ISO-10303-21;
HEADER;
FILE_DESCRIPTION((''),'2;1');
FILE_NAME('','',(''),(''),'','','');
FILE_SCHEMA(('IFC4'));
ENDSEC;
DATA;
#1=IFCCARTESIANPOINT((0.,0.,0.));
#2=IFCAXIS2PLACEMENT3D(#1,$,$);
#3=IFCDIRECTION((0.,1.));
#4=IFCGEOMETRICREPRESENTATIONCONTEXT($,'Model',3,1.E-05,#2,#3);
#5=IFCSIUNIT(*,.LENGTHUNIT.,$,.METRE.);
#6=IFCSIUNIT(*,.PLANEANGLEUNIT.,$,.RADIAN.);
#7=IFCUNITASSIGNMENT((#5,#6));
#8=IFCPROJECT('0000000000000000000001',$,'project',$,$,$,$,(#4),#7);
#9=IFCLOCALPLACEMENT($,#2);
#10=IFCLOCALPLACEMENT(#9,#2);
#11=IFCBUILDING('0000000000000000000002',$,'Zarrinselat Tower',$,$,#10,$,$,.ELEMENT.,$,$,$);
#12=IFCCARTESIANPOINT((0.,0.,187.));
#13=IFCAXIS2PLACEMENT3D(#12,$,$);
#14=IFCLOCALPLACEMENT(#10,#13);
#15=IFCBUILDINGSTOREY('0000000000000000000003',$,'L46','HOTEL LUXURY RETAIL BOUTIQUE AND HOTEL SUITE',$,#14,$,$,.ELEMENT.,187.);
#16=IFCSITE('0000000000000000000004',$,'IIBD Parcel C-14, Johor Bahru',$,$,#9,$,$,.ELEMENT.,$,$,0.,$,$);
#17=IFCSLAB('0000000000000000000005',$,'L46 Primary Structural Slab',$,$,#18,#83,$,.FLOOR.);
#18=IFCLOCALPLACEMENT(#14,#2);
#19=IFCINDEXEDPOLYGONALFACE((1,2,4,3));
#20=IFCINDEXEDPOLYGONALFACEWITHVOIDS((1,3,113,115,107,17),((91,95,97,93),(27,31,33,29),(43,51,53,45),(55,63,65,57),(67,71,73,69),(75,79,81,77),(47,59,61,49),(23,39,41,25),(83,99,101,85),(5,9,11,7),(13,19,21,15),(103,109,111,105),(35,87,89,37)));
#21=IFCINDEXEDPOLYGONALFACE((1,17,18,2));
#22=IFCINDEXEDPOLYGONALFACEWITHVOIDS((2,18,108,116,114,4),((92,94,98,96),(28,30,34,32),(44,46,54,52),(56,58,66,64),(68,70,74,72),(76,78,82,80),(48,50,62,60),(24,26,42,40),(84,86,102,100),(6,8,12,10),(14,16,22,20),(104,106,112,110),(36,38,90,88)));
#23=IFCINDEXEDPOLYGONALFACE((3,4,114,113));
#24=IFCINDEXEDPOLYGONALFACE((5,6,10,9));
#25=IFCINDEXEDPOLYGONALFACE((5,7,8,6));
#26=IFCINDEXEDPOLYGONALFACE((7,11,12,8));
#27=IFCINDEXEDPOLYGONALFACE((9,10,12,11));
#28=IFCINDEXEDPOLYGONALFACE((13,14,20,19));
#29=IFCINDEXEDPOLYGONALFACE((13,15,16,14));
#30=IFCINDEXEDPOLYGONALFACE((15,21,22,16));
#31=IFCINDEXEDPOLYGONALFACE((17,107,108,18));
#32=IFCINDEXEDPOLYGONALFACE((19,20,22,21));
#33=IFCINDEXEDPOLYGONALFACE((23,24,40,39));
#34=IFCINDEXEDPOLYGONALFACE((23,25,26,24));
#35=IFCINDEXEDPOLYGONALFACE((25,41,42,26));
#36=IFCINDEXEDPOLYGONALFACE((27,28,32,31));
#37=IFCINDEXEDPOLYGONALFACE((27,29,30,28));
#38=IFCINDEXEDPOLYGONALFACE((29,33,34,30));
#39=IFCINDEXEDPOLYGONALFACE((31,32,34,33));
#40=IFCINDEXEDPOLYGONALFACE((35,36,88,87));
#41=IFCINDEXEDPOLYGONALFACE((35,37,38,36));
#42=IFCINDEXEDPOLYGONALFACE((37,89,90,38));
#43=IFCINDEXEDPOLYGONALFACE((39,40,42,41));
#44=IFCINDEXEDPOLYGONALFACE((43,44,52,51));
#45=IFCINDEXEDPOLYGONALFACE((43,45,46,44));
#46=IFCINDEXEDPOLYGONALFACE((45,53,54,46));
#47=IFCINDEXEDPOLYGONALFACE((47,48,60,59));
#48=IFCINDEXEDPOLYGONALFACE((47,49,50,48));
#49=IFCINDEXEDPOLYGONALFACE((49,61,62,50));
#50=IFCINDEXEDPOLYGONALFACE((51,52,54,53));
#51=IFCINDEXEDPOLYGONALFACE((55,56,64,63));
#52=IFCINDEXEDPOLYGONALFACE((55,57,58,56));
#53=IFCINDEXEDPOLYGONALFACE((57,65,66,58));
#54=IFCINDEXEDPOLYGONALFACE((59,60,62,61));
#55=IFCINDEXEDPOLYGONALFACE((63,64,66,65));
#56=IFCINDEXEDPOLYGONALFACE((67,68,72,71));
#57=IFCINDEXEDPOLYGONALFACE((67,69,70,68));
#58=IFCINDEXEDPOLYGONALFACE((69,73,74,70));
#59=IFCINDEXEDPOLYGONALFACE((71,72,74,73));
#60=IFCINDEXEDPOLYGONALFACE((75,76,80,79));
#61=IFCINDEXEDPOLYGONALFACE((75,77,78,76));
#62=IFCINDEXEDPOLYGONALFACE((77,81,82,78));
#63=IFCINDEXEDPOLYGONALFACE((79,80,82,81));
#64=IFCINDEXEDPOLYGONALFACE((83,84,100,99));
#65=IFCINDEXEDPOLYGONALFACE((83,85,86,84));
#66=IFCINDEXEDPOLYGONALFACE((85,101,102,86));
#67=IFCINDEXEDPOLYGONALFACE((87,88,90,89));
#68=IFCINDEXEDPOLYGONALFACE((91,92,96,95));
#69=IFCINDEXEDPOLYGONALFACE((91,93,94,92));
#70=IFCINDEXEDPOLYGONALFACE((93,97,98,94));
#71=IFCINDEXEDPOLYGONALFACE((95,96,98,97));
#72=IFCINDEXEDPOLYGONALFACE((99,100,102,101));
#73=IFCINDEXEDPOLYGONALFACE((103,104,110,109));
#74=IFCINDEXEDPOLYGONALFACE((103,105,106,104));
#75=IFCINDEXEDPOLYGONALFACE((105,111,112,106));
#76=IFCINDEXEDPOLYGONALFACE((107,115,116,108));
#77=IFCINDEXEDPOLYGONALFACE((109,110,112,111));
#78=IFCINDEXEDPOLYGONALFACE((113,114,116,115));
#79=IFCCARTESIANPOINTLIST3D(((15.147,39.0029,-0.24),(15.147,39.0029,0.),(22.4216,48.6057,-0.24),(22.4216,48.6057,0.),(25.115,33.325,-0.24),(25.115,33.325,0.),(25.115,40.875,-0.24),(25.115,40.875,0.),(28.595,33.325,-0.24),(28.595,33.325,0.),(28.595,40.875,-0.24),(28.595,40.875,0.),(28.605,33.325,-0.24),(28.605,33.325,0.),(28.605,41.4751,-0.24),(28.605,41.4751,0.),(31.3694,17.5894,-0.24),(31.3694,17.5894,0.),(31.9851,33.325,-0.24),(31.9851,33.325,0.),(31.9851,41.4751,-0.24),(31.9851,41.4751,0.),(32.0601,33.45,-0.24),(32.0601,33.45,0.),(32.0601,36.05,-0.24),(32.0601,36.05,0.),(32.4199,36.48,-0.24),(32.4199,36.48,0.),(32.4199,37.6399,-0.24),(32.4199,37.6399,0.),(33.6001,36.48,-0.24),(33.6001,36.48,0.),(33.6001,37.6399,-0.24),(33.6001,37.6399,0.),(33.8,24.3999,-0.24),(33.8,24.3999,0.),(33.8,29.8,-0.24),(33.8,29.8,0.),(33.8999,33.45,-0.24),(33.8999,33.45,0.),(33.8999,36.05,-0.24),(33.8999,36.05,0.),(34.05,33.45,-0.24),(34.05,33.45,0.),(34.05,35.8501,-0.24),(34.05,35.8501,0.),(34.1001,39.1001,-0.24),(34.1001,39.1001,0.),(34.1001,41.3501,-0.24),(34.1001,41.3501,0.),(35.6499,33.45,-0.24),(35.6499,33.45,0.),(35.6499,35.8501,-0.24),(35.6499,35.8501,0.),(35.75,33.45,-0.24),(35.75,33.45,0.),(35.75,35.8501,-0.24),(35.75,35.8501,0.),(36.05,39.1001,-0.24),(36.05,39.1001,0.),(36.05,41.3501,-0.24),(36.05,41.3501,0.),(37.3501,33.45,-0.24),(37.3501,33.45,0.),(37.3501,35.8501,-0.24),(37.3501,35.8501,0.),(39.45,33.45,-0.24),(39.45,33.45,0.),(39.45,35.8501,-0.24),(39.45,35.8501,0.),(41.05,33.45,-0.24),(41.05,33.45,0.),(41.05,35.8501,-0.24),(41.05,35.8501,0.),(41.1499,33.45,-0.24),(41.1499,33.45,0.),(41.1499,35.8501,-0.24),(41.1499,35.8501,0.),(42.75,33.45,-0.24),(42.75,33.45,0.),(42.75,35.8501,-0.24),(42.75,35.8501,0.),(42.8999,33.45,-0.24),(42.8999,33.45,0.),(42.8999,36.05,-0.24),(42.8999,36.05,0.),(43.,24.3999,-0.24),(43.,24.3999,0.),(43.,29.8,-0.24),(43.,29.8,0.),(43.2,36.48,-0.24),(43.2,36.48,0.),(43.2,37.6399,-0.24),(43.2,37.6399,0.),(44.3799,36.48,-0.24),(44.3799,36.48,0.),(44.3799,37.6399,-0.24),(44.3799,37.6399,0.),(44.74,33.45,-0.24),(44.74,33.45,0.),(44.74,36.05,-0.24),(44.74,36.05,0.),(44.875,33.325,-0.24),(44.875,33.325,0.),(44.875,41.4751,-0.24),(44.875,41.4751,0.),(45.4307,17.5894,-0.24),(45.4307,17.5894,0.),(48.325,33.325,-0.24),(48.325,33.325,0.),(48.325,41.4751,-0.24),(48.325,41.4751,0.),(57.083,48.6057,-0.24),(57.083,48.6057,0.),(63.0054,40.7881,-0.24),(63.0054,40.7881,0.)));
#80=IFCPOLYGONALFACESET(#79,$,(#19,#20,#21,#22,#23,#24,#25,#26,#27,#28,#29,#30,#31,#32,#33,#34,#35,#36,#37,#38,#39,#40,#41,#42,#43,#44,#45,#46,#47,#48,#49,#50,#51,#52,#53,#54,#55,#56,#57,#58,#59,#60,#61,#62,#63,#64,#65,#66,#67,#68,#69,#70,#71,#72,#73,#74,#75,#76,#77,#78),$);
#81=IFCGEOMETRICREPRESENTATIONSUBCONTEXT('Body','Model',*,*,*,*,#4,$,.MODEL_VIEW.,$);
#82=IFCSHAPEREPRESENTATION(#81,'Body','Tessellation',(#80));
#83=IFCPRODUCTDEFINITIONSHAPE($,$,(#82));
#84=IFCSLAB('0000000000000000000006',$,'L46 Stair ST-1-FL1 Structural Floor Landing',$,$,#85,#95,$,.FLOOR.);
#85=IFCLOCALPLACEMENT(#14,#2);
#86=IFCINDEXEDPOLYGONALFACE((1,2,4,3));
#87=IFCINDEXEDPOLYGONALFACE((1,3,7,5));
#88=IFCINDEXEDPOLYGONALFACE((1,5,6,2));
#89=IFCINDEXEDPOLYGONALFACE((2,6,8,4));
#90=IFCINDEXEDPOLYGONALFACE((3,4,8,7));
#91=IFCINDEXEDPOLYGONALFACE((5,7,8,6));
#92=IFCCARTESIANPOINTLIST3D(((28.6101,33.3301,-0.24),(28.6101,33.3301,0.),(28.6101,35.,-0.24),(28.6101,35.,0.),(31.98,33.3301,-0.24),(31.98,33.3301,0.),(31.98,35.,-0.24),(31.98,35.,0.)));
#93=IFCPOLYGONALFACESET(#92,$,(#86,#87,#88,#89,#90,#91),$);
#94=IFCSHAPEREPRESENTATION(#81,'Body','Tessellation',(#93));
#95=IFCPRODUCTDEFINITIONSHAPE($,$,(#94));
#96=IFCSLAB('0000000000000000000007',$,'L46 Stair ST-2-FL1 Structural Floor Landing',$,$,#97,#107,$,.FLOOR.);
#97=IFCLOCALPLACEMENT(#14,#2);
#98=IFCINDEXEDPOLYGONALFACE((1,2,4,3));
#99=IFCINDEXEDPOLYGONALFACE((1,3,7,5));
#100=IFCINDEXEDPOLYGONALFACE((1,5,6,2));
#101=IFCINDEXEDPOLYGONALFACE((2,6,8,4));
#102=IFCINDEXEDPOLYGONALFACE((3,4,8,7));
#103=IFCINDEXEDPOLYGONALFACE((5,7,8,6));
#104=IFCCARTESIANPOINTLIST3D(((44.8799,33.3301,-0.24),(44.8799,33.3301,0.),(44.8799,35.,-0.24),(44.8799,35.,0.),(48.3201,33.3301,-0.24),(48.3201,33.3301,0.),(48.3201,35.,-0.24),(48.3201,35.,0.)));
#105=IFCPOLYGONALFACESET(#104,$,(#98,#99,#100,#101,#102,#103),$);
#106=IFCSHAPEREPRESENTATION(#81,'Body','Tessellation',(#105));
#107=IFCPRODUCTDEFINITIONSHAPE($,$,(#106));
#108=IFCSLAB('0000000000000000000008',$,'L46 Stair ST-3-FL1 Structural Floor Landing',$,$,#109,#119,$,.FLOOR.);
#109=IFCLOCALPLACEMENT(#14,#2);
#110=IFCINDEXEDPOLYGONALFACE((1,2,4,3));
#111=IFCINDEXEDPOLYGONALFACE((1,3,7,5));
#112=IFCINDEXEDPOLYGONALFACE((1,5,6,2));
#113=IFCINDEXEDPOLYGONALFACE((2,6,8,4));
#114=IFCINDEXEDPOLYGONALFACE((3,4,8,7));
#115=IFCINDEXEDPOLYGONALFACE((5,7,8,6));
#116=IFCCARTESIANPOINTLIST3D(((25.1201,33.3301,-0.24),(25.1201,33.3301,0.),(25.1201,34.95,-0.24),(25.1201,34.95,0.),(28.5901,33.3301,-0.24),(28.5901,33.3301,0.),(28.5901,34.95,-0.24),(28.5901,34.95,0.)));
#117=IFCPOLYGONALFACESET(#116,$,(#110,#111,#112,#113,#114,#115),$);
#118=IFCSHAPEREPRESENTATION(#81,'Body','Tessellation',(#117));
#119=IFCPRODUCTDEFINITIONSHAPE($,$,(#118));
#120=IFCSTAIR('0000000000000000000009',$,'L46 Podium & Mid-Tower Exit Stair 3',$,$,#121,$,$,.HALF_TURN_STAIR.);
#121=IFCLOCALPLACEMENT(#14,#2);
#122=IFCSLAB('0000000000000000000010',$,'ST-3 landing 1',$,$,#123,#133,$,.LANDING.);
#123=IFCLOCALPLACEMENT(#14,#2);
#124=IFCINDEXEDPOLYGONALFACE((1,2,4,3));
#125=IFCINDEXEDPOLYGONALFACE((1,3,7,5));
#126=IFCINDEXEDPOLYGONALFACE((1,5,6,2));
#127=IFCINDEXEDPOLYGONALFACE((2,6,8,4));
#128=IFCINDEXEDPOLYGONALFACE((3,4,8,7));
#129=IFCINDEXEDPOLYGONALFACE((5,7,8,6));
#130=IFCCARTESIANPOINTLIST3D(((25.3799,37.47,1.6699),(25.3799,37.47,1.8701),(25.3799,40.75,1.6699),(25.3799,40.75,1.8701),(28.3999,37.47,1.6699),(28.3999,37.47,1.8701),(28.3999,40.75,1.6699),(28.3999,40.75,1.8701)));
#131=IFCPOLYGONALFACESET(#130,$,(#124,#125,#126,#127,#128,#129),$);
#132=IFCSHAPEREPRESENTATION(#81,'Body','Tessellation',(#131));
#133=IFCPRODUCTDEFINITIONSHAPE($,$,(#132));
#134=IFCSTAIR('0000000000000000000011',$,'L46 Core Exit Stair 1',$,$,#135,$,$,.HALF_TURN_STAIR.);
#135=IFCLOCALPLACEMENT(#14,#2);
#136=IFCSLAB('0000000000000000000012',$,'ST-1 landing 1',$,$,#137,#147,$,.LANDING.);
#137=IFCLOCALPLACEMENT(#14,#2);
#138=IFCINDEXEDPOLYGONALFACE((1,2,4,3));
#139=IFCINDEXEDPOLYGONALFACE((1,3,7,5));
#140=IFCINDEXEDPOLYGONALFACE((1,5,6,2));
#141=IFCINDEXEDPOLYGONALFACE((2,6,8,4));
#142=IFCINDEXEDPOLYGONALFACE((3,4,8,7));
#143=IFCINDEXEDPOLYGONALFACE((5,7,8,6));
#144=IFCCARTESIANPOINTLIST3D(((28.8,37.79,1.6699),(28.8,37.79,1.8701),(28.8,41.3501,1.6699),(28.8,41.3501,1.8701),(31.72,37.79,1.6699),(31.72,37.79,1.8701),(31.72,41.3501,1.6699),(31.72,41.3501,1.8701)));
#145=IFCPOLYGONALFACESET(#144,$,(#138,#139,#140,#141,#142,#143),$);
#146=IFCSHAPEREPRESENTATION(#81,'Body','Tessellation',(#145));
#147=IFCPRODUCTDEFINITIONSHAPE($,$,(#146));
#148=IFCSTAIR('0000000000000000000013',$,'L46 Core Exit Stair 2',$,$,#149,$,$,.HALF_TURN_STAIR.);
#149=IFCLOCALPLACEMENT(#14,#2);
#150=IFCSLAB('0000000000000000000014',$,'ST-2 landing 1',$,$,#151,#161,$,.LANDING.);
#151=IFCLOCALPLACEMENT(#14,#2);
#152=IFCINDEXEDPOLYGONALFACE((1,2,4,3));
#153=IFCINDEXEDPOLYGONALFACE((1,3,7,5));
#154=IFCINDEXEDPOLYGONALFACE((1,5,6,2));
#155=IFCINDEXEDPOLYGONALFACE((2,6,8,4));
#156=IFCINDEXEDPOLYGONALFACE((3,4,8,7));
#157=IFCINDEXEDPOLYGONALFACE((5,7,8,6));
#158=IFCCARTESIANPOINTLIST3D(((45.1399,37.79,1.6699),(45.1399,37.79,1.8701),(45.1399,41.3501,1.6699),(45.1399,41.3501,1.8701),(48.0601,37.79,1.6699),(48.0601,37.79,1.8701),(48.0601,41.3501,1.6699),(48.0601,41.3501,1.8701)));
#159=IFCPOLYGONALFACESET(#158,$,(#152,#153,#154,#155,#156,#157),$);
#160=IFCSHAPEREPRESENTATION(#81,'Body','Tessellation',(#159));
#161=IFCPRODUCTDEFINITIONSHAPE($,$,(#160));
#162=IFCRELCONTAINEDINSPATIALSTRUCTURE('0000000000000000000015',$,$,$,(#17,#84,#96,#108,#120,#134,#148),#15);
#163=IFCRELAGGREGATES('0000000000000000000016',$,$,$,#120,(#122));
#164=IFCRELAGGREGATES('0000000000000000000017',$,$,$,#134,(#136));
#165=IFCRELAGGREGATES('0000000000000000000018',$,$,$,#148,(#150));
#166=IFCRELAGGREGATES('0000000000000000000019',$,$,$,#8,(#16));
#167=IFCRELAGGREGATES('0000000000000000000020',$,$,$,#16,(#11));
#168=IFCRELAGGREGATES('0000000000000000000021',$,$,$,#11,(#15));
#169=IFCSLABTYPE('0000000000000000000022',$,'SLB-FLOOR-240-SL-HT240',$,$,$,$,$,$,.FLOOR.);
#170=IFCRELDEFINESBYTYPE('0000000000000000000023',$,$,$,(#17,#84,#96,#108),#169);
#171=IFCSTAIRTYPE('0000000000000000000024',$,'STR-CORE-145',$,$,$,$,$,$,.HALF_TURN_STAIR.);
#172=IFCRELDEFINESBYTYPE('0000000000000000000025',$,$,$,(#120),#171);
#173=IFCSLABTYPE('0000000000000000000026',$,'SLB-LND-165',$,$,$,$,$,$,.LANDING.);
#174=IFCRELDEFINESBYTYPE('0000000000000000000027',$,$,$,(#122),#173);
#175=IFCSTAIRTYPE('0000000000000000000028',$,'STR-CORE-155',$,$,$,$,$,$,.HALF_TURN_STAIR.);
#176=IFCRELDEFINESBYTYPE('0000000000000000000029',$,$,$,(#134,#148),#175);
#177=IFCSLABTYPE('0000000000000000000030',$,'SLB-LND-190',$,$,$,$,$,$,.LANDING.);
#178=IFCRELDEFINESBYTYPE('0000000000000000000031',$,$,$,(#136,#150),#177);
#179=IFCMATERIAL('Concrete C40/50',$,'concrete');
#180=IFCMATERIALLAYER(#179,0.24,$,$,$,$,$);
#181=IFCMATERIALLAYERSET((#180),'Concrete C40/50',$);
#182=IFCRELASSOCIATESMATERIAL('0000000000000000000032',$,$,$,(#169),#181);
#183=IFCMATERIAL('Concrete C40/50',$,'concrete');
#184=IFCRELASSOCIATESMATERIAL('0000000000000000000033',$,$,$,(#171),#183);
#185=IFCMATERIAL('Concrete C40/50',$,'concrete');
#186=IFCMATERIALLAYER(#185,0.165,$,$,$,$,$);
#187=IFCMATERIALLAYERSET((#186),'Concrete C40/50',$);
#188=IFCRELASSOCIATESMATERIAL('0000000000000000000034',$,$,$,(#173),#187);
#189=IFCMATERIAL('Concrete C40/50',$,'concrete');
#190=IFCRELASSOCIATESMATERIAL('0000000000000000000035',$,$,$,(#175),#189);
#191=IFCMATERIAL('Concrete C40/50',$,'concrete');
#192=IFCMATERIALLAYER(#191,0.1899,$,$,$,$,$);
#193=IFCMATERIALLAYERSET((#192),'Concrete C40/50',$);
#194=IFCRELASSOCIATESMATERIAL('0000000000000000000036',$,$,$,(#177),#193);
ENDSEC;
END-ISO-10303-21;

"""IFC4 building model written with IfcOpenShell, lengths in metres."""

from ifc_helpers import new_model, si_unit, direction, frame, origin, place, context, subcontext, project, spatial, polyline, outline, extrude, material, layer, layer_set, type_object, element, aggregate, save


model = new_model("IFC4")

# Units and contexts
model_context = context("Model", 3, precision=1e-05, world=origin(), true_north=direction((0.0, 1.0)))
body_context = subcontext(model_context, "Body", "Model", "MODEL_VIEW")
ifc_project = project(units=[si_unit("LENGTHUNIT", "METRE"), si_unit("PLANEANGLEUNIT", "RADIAN")], contexts=[model_context])

# Site, building, storey
site_placement = place(None, origin())
site = spatial("IfcSite", under=ifc_project, at=site_placement, Name="IIBD Parcel C-14, Johor Bahru", CompositionType="ELEMENT", RefElevation=0.0)
building_placement = place(site_placement, origin())
building = spatial("IfcBuilding", under=site, at=building_placement, Name="Zarrinselat Tower", CompositionType="ELEMENT")
storey_placement = place(building_placement, frame((0.0, 0.0, 187.0)))
storey = spatial("IfcBuildingStorey", under=building, at=storey_placement, Name="L46", Description="HOTEL LUXURY RETAIL BOUTIQUE AND HOTEL SUITE", CompositionType="ELEMENT", Elevation=187.0)

# Slabs
ifc_material_1 = material(Name="Concrete C40/50", Category="concrete")
ifc_layer_1 = layer(ifc_material_1, 0.24)
ifc_layer_set_1 = layer_set([ifc_layer_1], Name="Concrete C40/50")
slab_type_1 = type_object("IfcSlabType", Name="SLB-FLOOR-240-SL-HT240", PredefinedType="FLOOR", material=ifc_layer_set_1)
slab_1_placement = place(storey_placement, frame((0.0, 0.0, -0.24)))
element("IfcSlab", 1, at=slab_1_placement, inside=storey, type_object=slab_type_1, Name="L46 Primary Structural Slab", PredefinedType="FLOOR", context=body_context, shape_type="SweptSolid", body=[
    extrude(outline(polyline([(57.083, 48.6057), (22.4216, 48.6057), (15.147, 39.0029), (31.3694, 17.5894), (45.4307, 17.5894), (63.0054, 40.7881), (57.083, 48.6057)]), holes=[polyline([(35.6499, 33.45), (34.05, 33.45), (34.05, 35.8501), (35.6499, 35.8501), (35.6499, 33.45)]), polyline([(35.75, 33.45), (35.75, 35.8501), (37.3501, 35.8501), (37.3501, 33.45), (35.75, 33.45)]), polyline([(32.0601, 33.45), (32.0601, 36.05), (33.8999, 36.05), (33.8999, 33.45), (32.0601, 33.45)]), polyline([(33.6001, 36.48), (32.4199, 36.48), (32.4199, 37.6399), (33.6001, 37.6399), (33.6001, 36.48)]), polyline([(28.595, 33.325), (25.115, 33.325), (25.115, 40.875), (28.595, 40.875), (28.595, 33.325)]), polyline([(31.9851, 33.325), (28.605, 33.325), (28.605, 41.4751), (31.9851, 41.4751), (31.9851, 33.325)]), polyline([(36.05, 39.1001), (34.1001, 39.1001), (34.1001, 41.3501), (36.05, 41.3501), (36.05, 39.1001)]), polyline([(33.8, 24.3999), (33.8, 29.8), (43.0, 29.8), (43.0, 24.3999), (33.8, 24.3999)]), polyline([(39.45, 33.45), (39.45, 35.8501), (41.05, 35.8501), (41.05, 33.45), (39.45, 33.45)]), polyline([(41.1499, 33.45), (41.1499, 35.8501), (42.75, 35.8501), (42.75, 33.45), (41.1499, 33.45)]), polyline([(42.8999, 33.45), (42.8999, 36.05), (44.74, 36.05), (44.74, 33.45), (42.8999, 33.45)]), polyline([(43.2, 36.48), (43.2, 37.6399), (44.3799, 37.6399), (44.3799, 36.48), (43.2, 36.48)]), polyline([(48.325, 33.325), (44.875, 33.325), (44.875, 41.4751), (48.325, 41.4751), (48.325, 33.325)])]), origin(), (0.0, 0.0, 1.0), 0.24),
])
slab_2_placement = place(storey_placement, frame((0.0, 0.0, -0.24)))
element("IfcSlab", 2, at=slab_2_placement, inside=storey, type_object=slab_type_1, Name="L46 Stair ST-1-FL1 Structural Floor Landing", PredefinedType="FLOOR", context=body_context, shape_type="SweptSolid", body=[
    extrude(outline(polyline([(31.98, 33.3301), (31.98, 35.0), (28.6101, 35.0), (28.6101, 33.3301), (31.98, 33.3301)])), origin(), (0.0, 0.0, 1.0), 0.24),
])
slab_3_placement = place(storey_placement, frame((0.0, 0.0, -0.24)))
element("IfcSlab", 3, at=slab_3_placement, inside=storey, type_object=slab_type_1, Name="L46 Stair ST-2-FL1 Structural Floor Landing", PredefinedType="FLOOR", context=body_context, shape_type="SweptSolid", body=[
    extrude(outline(polyline([(48.3201, 33.3301), (48.3201, 35.0), (44.8799, 35.0), (44.8799, 33.3301), (48.3201, 33.3301)])), origin(), (0.0, 0.0, 1.0), 0.24),
])
slab_4_placement = place(storey_placement, frame((0.0, 0.0, -0.24)))
element("IfcSlab", 4, at=slab_4_placement, inside=storey, type_object=slab_type_1, Name="L46 Stair ST-3-FL1 Structural Floor Landing", PredefinedType="FLOOR", context=body_context, shape_type="SweptSolid", body=[
    extrude(outline(polyline([(28.5901, 33.3301), (28.5901, 34.95), (25.1201, 34.95), (25.1201, 33.3301), (28.5901, 33.3301)])), origin(), (0.0, 0.0, 1.0), 0.24),
])

# Stairs, slabs
ifc_material_2 = material(Name="Concrete C40/50", Category="concrete")
stair_type_1 = type_object("IfcStairType", Name="STR-CORE-145", PredefinedType="HALF_TURN_STAIR", material=ifc_material_2)
stair_1_placement = place(storey_placement, origin())
stair_1 = element("IfcStair", 5, at=stair_1_placement, inside=storey, type_object=stair_type_1, Name="L46 Podium & Mid-Tower Exit Stair 3", PredefinedType="HALF_TURN_STAIR")
ifc_material_3 = material(Name="Concrete C40/50", Category="concrete")
ifc_layer_2 = layer(ifc_material_3, 0.165)
ifc_layer_set_2 = layer_set([ifc_layer_2], Name="Concrete C40/50")
slab_type_2 = type_object("IfcSlabType", Name="SLB-LND-165", PredefinedType="LANDING", material=ifc_layer_set_2)
slab_5_placement = place(storey_placement, frame((0.0, 0.0, 1.6699)))
slab_5 = element("IfcSlab", 6, at=slab_5_placement, type_object=slab_type_2, Name="ST-3 landing 1", PredefinedType="LANDING", context=body_context, shape_type="SweptSolid", body=[
    extrude(outline(polyline([(28.3999, 37.47), (28.3999, 40.75), (25.3799, 40.75), (25.3799, 37.47), (28.3999, 37.47)])), origin(), (0.0, 0.0, 1.0), 0.2002),
])
aggregate(stair_1, [slab_5])
ifc_material_4 = material(Name="Concrete C40/50", Category="concrete")
stair_type_2 = type_object("IfcStairType", Name="STR-CORE-155", PredefinedType="HALF_TURN_STAIR", material=ifc_material_4)
stair_2_placement = place(storey_placement, origin())
stair_2 = element("IfcStair", 7, at=stair_2_placement, inside=storey, type_object=stair_type_2, Name="L46 Core Exit Stair 1", PredefinedType="HALF_TURN_STAIR")
ifc_material_5 = material(Name="Concrete C40/50", Category="concrete")
ifc_layer_3 = layer(ifc_material_5, 0.1899)
ifc_layer_set_3 = layer_set([ifc_layer_3], Name="Concrete C40/50")
slab_type_3 = type_object("IfcSlabType", Name="SLB-LND-190", PredefinedType="LANDING", material=ifc_layer_set_3)
slab_6_placement = place(storey_placement, frame((0.0, 0.0, 1.6699)))
slab_6 = element("IfcSlab", 8, at=slab_6_placement, type_object=slab_type_3, Name="ST-1 landing 1", PredefinedType="LANDING", context=body_context, shape_type="SweptSolid", body=[
    extrude(outline(polyline([(31.72, 37.79), (31.72, 41.3501), (28.8, 41.3501), (28.8, 37.79), (31.72, 37.79)])), origin(), (0.0, 0.0, 1.0), 0.2002),
])
aggregate(stair_2, [slab_6])
stair_3_placement = place(storey_placement, origin())
stair_3 = element("IfcStair", 9, at=stair_3_placement, inside=storey, type_object=stair_type_2, Name="L46 Core Exit Stair 2", PredefinedType="HALF_TURN_STAIR")
slab_7_placement = place(storey_placement, frame((0.0, 0.0, 1.6699)))
slab_7 = element("IfcSlab", 10, at=slab_7_placement, type_object=slab_type_3, Name="ST-2 landing 1", PredefinedType="LANDING", context=body_context, shape_type="SweptSolid", body=[
    extrude(outline(polyline([(48.0601, 37.79), (48.0601, 41.3501), (45.1399, 41.3501), (45.1399, 37.79), (48.0601, 37.79)])), origin(), (0.0, 0.0, 1.0), 0.2002),
])
aggregate(stair_3, [slab_7])

save(model, "model.ifc")
